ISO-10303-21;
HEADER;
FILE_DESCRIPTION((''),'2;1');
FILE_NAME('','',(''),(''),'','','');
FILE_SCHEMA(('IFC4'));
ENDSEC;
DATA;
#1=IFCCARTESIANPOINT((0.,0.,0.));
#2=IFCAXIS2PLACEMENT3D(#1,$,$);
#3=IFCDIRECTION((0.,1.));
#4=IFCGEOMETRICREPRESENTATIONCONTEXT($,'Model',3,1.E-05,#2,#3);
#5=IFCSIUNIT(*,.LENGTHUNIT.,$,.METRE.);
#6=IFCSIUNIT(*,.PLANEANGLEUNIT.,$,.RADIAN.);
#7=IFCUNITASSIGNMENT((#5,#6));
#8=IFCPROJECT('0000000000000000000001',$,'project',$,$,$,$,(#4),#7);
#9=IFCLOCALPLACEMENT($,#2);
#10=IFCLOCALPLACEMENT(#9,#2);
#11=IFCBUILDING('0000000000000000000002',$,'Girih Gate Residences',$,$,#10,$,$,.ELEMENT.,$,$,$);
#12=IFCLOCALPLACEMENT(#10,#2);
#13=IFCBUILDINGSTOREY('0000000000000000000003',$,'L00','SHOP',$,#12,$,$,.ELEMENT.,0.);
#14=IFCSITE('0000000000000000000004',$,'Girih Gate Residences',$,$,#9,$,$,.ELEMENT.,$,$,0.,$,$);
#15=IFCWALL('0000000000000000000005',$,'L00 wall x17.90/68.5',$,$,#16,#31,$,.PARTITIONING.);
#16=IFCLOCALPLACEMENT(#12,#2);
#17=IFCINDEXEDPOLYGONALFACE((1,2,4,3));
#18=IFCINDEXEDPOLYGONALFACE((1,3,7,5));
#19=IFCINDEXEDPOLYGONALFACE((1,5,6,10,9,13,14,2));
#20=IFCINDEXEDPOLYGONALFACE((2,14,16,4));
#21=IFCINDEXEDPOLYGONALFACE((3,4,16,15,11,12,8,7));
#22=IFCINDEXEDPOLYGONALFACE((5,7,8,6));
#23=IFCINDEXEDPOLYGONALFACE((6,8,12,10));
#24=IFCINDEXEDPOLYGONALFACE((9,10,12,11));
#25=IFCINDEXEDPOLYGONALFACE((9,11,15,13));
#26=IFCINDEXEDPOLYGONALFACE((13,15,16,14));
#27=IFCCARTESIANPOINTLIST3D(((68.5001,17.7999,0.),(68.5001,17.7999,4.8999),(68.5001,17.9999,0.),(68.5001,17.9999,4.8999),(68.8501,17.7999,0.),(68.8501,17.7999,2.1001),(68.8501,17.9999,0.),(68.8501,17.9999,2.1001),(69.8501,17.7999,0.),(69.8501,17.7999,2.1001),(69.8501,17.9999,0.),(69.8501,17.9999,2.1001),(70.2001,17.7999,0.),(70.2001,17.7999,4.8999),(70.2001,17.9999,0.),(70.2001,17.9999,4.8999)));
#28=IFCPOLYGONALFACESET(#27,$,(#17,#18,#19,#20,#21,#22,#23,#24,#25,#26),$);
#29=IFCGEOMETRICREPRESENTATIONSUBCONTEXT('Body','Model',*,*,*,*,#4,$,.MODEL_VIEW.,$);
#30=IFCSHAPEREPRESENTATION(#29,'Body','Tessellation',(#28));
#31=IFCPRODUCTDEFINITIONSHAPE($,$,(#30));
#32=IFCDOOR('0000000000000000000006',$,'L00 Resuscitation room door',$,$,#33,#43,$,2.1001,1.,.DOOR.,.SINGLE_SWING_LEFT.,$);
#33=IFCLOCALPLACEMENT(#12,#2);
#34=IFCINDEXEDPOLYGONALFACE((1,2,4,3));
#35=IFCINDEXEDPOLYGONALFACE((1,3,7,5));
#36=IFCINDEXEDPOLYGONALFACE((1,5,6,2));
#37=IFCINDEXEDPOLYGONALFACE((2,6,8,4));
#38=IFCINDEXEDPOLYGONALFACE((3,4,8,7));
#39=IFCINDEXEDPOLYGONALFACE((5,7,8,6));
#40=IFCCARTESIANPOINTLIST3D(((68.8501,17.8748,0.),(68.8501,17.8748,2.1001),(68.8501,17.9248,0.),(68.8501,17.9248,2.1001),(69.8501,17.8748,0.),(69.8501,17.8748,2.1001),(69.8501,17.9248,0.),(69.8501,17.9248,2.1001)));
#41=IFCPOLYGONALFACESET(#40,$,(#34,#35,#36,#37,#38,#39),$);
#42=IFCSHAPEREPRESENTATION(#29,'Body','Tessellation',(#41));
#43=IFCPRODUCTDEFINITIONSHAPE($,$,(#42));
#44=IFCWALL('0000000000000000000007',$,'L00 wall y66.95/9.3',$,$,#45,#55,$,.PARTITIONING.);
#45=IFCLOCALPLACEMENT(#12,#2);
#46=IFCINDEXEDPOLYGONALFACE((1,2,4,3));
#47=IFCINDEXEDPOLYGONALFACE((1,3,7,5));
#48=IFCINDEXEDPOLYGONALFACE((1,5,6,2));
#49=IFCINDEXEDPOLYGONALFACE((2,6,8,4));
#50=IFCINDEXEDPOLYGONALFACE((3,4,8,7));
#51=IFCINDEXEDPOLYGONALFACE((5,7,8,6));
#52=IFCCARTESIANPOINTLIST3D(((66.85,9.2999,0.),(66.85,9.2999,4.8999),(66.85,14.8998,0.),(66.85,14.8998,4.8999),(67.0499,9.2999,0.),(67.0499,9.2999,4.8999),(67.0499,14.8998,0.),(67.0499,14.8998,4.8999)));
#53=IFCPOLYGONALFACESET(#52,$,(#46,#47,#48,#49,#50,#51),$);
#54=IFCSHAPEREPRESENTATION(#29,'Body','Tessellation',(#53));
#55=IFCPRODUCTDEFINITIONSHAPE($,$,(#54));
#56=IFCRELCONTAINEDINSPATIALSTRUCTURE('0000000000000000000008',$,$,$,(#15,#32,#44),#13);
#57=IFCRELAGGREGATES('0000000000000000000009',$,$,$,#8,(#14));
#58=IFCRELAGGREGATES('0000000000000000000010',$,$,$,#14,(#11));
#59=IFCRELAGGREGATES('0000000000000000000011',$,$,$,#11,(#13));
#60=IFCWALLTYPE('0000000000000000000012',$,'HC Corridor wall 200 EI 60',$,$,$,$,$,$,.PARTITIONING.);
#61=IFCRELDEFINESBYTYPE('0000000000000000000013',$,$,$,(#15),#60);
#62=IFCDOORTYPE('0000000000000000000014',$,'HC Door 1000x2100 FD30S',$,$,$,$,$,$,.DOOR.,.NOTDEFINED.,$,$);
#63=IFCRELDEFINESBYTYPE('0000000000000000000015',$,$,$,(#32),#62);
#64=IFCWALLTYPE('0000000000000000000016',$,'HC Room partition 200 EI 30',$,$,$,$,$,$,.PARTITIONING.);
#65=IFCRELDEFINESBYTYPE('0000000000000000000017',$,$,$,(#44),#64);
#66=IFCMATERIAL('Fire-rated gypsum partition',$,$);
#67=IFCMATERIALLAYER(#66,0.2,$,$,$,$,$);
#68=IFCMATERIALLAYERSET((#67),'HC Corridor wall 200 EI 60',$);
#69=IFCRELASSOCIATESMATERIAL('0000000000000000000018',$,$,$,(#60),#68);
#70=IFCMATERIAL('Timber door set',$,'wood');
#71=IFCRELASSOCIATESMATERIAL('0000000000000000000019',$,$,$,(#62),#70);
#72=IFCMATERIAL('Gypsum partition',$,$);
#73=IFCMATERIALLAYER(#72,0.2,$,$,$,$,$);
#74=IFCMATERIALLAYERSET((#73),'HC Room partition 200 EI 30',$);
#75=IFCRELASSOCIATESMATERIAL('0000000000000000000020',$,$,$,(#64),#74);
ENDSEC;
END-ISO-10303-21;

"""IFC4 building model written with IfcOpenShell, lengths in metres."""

from ifc_helpers import new_model, si_unit, direction, frame, frame_2d, origin, place, context, subcontext, project, spatial, rectangle, extrude, material, layer, layer_set, type_object, element, fill, save


model = new_model("IFC4")

# Units and contexts
model_context = context("Model", 3, precision=1e-05, world=origin(), true_north=direction((0.0, 1.0)))
body_context = subcontext(model_context, "Body", "Model", "MODEL_VIEW")
ifc_project = project(units=[si_unit("LENGTHUNIT", "METRE"), si_unit("PLANEANGLEUNIT", "RADIAN")], contexts=[model_context])

# Site, building, storey
site_placement = place(None, origin())
site = spatial("IfcSite", under=ifc_project, at=site_placement, Name="Girih Gate Residences", CompositionType="ELEMENT", RefElevation=0.0)
building_placement = place(site_placement, origin())
building = spatial("IfcBuilding", under=site, at=building_placement, Name="Girih Gate Residences", CompositionType="ELEMENT")
storey_placement = place(building_placement, origin())
storey = spatial("IfcBuildingStorey", under=building, at=storey_placement, Name="L00", Description="SHOP", CompositionType="ELEMENT", Elevation=0.0)

# Shared definitions
ifc_material_1 = material(Name="Fire-rated gypsum partition")
ifc_layer_1 = layer(ifc_material_1, 0.2)
ifc_layer_set_1 = layer_set([ifc_layer_1], Name="HC Corridor wall 200 EI 60")
wall_type_1 = type_object("IfcWallType", Name="HC Corridor wall 200 EI 60", PredefinedType="PARTITIONING", material=ifc_layer_set_1)
ifc_material_2 = material(Name="Timber door set", Category="wood")
door_type = type_object("IfcDoorType", Name="HC Door 1000x2100 FD30S", OperationType="NOTDEFINED", PredefinedType="DOOR", material=ifc_material_2)

# Wall, opening, door
wall_1_placement = place(storey_placement, frame((68.5, 17.8999, 0.0), z_axis=(0.0, 0.0, 1.0), x_axis=(1.0, 0.0, 0.0)))
wall_1 = element("IfcWall", 1, at=wall_1_placement, inside=storey, type_object=wall_type_1, Name="L00 wall x17.90/68.5", PredefinedType="PARTITIONING", context=body_context, shape_type="SweptSolid", body=[
    extrude(rectangle(XDim=1.7, YDim=0.2, at=frame_2d((0.8501, 0.0))), origin(), (0.0, 0.0, 1.0), 4.8999),
])
opening_1_placement = place(wall_1_placement, frame((0.3501, 0.0, 0.0)))
opening_1 = element("IfcOpeningElement", 2, at=opening_1_placement, cuts=wall_1, PredefinedType="OPENING", context=body_context, shape_type="SweptSolid", body=[
    extrude(rectangle(XDim=1.0, YDim=2.1001, at=frame_2d((0.5, 1.05))), frame((0.0, 0.1099, 0.0), z_axis=(0.0, -1.0, 0.0), x_axis=(1.0, 0.0, 0.0)), (0.0, 0.0, 1.0), 0.22),
])
door_1_placement = place(opening_1_placement, origin())
door_1 = element("IfcDoor", 3, at=door_1_placement, inside=storey, type_object=door_type, Name="L00 Resuscitation room door", OperationType="SINGLE_SWING_LEFT", OverallHeight=2.1001, OverallWidth=1.0, PredefinedType="DOOR", context=body_context, shape_type="SweptSolid", body=[
    extrude(rectangle(XDim=1.0, YDim=2.1001, at=frame_2d((0.5, 1.05))), frame((0.0, 0.0249, 0.0), z_axis=(0.0, -1.0, 0.0), x_axis=(1.0, 0.0, 0.0)), (0.0, 0.0, 1.0), 0.05),
])
fill(opening_1, door_1)

# Wall
ifc_material_3 = material(Name="Gypsum partition")
ifc_layer_2 = layer(ifc_material_3, 0.2)
ifc_layer_set_2 = layer_set([ifc_layer_2], Name="HC Room partition 200 EI 30")
wall_type_2 = type_object("IfcWallType", Name="HC Room partition 200 EI 30", PredefinedType="PARTITIONING", material=ifc_layer_set_2)
wall_2_placement = place(storey_placement, frame((66.95, 9.3, 0.0), z_axis=(0.0, 0.0, 1.0), x_axis=(0.0, 1.0, 0.0)))
element("IfcWall", 4, at=wall_2_placement, inside=storey, type_object=wall_type_2, Name="L00 wall y66.95/9.3", PredefinedType="PARTITIONING", context=body_context, shape_type="SweptSolid", body=[
    extrude(rectangle(XDim=5.5999, YDim=0.2, at=frame_2d((2.7998, 0.0))), origin(), (0.0, 0.0, 1.0), 4.8999),
])

save(model, "model.ifc")
